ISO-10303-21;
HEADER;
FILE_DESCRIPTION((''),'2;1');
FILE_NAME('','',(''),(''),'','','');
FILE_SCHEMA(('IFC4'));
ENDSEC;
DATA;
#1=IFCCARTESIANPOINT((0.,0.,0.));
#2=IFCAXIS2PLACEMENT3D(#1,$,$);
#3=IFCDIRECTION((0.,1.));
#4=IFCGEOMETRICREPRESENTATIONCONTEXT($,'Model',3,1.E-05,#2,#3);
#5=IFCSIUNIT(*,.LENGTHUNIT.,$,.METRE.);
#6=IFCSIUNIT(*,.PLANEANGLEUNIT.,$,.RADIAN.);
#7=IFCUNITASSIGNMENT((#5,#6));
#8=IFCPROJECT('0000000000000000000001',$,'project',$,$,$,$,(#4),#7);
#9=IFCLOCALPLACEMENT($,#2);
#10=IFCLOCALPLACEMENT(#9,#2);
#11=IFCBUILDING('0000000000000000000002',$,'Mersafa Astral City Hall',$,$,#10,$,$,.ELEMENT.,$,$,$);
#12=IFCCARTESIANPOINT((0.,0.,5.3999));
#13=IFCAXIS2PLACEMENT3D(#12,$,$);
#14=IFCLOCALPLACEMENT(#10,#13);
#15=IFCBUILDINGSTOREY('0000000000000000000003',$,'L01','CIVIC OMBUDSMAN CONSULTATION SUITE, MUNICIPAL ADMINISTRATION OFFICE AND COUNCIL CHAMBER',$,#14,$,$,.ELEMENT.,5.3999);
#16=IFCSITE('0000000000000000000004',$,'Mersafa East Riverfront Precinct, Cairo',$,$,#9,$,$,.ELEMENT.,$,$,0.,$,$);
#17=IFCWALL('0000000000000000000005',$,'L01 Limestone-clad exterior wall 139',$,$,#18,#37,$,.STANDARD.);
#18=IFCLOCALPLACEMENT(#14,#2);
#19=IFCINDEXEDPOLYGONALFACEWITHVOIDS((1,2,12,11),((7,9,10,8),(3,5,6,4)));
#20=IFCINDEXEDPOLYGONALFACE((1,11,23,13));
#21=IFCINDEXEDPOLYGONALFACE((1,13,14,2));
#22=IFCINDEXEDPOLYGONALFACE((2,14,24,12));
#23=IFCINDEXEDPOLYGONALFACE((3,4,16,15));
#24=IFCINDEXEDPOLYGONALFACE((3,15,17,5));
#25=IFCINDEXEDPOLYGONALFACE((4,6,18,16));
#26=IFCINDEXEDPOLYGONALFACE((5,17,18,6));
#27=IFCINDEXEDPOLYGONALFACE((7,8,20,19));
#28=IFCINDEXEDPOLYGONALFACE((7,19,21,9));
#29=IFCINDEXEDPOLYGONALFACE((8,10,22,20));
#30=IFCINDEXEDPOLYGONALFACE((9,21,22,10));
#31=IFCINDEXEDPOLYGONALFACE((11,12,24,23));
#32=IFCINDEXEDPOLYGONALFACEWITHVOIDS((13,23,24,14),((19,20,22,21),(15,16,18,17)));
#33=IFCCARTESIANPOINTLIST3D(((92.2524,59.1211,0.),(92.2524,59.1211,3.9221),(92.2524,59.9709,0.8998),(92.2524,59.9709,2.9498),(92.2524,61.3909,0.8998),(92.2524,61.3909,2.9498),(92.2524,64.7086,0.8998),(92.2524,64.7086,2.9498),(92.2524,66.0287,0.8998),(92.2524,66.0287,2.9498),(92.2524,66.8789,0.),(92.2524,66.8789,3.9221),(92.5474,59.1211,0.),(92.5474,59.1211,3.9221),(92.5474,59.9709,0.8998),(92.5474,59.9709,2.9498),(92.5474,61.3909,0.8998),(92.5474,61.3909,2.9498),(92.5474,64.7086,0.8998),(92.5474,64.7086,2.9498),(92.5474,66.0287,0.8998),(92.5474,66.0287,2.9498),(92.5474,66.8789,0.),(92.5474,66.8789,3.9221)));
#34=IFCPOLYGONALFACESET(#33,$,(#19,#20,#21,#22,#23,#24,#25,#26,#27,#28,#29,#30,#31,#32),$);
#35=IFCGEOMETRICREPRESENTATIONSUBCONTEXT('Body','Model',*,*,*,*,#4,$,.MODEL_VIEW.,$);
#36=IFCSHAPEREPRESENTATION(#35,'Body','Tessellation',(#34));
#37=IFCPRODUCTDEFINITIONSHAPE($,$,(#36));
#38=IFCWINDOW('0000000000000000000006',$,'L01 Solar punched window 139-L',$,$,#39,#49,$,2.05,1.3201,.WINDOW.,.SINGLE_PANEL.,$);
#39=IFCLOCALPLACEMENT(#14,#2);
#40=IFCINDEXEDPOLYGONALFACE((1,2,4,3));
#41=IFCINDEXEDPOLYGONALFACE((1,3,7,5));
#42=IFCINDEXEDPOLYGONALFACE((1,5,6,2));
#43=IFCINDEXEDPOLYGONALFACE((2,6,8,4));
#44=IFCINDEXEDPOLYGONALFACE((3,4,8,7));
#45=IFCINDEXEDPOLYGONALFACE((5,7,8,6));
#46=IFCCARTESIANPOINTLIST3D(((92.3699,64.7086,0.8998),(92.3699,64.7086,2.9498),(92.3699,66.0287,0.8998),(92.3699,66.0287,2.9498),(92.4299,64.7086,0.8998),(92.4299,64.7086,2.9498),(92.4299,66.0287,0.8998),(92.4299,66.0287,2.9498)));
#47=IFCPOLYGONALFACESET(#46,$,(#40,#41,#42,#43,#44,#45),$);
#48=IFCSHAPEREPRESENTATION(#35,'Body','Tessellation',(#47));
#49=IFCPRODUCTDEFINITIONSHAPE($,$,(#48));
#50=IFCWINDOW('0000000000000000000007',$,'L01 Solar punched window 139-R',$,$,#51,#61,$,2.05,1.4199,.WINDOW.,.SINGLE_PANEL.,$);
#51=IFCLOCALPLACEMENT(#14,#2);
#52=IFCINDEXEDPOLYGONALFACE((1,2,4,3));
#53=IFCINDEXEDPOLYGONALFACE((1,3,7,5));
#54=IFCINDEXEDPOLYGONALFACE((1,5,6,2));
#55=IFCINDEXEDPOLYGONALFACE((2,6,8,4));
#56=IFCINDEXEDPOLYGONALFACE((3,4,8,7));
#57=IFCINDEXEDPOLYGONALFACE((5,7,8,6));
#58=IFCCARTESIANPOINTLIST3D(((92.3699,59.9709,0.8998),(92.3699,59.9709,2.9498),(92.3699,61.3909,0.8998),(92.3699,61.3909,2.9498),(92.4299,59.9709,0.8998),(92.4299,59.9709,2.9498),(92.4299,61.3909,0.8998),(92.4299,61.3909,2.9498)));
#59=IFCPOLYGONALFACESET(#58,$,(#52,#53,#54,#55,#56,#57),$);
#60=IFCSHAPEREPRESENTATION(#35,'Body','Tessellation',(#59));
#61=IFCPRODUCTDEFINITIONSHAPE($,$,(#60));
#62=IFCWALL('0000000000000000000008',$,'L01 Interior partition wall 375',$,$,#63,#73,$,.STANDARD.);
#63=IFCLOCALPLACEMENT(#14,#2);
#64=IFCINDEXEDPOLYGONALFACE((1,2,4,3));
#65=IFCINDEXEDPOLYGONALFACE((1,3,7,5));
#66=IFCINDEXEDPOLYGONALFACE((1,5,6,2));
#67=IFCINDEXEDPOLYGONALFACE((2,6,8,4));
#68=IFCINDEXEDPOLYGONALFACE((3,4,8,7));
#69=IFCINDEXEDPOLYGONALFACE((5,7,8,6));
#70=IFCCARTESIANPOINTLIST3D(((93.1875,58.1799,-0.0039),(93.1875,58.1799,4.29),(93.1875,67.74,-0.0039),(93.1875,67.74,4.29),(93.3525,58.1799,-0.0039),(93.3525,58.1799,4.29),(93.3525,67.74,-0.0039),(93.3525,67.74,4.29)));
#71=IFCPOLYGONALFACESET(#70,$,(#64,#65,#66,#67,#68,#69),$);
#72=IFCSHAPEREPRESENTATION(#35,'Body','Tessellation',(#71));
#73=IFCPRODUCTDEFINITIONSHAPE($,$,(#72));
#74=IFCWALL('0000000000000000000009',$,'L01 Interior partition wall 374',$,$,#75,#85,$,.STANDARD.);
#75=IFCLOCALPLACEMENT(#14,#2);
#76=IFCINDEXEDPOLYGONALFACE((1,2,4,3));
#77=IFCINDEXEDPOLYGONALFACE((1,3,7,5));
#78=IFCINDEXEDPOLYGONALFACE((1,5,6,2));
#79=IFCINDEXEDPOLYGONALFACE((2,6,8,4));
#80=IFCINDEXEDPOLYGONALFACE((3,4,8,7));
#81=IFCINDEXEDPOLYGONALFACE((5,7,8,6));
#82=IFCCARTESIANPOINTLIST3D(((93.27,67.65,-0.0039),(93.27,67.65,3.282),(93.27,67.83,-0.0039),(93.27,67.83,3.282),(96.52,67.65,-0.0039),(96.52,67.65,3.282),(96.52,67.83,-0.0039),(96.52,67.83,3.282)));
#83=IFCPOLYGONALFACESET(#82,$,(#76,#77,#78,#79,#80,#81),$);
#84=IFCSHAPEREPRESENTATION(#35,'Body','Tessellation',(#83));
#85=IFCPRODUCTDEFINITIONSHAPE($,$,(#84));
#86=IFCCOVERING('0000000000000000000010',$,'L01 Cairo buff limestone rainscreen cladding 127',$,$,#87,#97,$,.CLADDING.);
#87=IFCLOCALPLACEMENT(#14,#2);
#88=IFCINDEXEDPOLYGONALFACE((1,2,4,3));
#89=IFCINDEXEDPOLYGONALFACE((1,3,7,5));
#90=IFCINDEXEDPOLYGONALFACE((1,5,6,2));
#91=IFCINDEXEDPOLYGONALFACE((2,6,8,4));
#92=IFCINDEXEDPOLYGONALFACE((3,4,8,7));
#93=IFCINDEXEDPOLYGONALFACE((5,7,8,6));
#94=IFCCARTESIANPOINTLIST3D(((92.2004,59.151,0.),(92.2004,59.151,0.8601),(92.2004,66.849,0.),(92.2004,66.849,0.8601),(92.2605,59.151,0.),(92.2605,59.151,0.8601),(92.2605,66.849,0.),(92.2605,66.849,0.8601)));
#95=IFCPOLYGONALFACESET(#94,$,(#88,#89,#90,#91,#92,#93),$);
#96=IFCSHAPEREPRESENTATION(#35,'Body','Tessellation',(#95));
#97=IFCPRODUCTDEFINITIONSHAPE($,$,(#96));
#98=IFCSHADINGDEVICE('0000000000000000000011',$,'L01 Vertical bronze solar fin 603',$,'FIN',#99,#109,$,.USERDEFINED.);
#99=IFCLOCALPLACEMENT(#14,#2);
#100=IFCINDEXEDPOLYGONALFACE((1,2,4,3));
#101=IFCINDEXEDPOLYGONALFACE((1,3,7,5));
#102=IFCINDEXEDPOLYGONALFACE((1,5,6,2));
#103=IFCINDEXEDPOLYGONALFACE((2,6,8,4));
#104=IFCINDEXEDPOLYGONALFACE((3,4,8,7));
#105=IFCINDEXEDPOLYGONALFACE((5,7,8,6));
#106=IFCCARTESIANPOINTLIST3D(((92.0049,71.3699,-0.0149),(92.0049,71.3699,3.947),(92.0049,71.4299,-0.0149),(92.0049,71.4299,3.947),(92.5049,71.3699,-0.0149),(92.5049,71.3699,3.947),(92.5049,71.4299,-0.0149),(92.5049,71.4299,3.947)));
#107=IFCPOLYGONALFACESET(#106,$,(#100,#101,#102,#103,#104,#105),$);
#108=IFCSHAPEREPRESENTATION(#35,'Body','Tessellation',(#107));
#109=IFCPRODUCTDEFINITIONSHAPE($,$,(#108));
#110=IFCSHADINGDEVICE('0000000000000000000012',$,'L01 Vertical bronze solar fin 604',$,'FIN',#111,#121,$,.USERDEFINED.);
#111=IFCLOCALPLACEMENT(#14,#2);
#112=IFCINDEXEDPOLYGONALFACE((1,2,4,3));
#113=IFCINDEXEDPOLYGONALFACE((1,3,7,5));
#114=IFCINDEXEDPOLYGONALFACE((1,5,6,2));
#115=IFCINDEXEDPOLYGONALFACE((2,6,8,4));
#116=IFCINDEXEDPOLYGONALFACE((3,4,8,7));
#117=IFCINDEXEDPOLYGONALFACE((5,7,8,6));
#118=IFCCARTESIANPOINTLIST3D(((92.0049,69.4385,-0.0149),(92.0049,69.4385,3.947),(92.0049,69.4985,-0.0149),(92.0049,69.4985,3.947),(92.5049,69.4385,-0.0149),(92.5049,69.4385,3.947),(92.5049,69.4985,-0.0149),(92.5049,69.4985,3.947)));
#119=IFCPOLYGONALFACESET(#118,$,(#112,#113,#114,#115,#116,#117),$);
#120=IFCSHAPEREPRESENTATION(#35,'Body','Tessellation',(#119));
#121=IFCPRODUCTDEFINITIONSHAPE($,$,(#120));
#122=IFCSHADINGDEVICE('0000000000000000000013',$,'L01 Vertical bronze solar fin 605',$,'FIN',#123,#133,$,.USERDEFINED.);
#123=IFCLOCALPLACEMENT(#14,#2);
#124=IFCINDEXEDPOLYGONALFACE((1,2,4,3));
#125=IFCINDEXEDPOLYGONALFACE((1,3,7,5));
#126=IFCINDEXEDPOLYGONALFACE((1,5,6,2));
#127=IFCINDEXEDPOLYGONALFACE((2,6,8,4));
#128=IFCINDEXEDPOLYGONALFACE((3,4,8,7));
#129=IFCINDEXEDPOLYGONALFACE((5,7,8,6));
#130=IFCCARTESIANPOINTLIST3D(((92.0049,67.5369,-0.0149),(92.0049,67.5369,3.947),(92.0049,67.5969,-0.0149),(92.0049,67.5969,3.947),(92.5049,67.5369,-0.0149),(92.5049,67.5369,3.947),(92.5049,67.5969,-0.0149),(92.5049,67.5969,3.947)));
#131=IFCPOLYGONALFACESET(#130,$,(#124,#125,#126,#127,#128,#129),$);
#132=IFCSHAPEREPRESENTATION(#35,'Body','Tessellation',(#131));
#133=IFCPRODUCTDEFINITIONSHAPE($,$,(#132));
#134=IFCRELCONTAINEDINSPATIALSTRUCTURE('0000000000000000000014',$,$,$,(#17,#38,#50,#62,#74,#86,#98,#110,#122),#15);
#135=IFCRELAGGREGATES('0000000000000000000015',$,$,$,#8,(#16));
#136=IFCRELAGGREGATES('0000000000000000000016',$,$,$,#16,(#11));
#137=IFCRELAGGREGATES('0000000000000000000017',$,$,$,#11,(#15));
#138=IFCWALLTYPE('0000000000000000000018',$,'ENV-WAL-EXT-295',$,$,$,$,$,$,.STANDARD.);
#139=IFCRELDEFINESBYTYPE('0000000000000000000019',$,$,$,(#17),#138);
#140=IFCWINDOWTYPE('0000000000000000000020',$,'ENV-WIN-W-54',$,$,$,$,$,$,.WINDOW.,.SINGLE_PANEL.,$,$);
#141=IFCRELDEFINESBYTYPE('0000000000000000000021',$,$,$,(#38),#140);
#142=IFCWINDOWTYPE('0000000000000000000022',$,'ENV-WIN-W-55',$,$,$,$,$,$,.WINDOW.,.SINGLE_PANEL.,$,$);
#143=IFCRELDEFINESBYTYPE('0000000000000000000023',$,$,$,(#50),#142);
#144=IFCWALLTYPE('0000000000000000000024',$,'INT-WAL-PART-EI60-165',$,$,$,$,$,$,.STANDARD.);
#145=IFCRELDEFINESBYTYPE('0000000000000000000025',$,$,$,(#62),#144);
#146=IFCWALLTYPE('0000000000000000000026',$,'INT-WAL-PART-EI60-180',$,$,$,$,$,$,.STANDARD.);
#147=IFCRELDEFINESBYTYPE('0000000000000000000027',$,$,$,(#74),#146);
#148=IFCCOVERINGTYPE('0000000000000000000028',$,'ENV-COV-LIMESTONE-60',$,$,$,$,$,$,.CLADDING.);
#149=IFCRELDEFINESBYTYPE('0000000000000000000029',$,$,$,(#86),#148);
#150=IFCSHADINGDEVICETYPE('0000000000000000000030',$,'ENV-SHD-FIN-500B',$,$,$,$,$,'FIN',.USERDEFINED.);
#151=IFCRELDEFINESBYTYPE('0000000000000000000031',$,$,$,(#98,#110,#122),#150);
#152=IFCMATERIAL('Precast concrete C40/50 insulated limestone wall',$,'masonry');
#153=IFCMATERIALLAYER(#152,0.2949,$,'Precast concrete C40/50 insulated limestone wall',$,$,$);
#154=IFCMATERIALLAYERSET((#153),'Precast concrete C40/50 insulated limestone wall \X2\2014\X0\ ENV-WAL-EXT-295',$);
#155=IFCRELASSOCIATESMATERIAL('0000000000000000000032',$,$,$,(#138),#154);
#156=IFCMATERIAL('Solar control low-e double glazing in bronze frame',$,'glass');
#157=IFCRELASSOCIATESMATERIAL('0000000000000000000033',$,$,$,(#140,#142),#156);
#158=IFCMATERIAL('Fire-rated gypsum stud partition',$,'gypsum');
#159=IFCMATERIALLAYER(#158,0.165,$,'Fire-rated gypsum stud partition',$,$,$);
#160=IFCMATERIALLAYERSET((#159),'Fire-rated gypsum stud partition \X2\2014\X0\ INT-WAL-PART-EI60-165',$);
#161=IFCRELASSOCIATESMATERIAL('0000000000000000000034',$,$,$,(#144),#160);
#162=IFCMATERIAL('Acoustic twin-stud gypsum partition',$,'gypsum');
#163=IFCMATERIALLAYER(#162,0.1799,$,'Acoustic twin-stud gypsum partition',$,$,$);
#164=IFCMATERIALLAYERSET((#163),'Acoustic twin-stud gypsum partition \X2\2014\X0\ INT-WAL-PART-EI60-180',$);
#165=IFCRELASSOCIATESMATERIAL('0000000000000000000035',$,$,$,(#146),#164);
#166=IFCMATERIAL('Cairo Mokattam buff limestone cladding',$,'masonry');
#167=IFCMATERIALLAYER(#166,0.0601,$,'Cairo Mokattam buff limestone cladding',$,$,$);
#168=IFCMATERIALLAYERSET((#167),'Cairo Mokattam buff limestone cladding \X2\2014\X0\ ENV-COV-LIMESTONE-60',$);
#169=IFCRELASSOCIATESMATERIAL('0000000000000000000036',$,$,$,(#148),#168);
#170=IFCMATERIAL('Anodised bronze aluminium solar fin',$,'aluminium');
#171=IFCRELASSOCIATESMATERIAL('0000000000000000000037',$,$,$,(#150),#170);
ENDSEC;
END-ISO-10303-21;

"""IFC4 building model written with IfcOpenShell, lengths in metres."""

from ifc_helpers import new_model, si_unit, direction, frame, frame_2d, origin, origin_2d, place, context, subcontext, project, spatial, rectangle, extrude, material, layer, layer_set, type_object, element, fill, save


model = new_model("IFC4")

# Units and contexts
model_context = context("Model", 3, precision=1e-05, world=origin(), true_north=direction((0.0, 1.0)))
body_context = subcontext(model_context, "Body", "Model", "MODEL_VIEW")
ifc_project = project(units=[si_unit("LENGTHUNIT", "METRE"), si_unit("PLANEANGLEUNIT", "RADIAN")], contexts=[model_context])

# Site, building, storey
site_placement = place(None, origin())
site = spatial("IfcSite", under=ifc_project, at=site_placement, Name="Mersafa East Riverfront Precinct, Cairo", CompositionType="ELEMENT", RefElevation=0.0)
building_placement = place(site_placement, origin())
building = spatial("IfcBuilding", under=site, at=building_placement, Name="Mersafa Astral City Hall", CompositionType="ELEMENT")
storey_placement = place(building_placement, frame((0.0, 0.0, 5.3999)))
storey = spatial("IfcBuildingStorey", under=building, at=storey_placement, Name="L01", Description="CIVIC OMBUDSMAN CONSULTATION SUITE, MUNICIPAL ADMINISTRATION OFFICE AND COUNCIL CHAMBER", CompositionType="ELEMENT", Elevation=5.3999)

# Wall, openings, windows
ifc_material_1 = material(Name="Precast concrete C40/50 insulated limestone wall", Category="masonry")
ifc_layer_1 = layer(ifc_material_1, 0.2949, Name="Precast concrete C40/50 insulated limestone wall")
ifc_layer_set_1 = layer_set([ifc_layer_1], Name="Precast concrete C40/50 insulated limestone wall — ENV-WAL-EXT-295")
wall_type_1 = type_object("IfcWallType", Name="ENV-WAL-EXT-295", PredefinedType="STANDARD", material=ifc_layer_set_1)
wall_1_placement = place(storey_placement, frame((92.3999, 66.8789, 0.0), z_axis=(0.0, 0.0, 1.0), x_axis=(0.0, -1.0, 0.0)))
wall_1 = element("IfcWall", 1, at=wall_1_placement, inside=storey, type_object=wall_type_1, Name="L01 Limestone-clad exterior wall 139", PredefinedType="STANDARD", context=body_context, shape_type="SweptSolid", body=[
    extrude(rectangle(XDim=7.7578, YDim=0.2949, at=frame_2d((3.8789, 0.0))), origin(), (0.0, 0.0, 1.0), 3.9221),
])
opening_1_placement = place(wall_1_placement, frame((0.8501, 0.0, 0.8999)))
opening_1 = element("IfcOpeningElement", 2, at=opening_1_placement, cuts=wall_1, PredefinedType="OPENING", context=body_context, shape_type="SweptSolid", body=[
    extrude(rectangle(XDim=1.3201, YDim=2.05, at=frame_2d((0.6602, 1.0249))), frame((0.0, 0.1575, 0.0), z_axis=(0.0, -1.0, 0.0), x_axis=(1.0, 0.0, 0.0)), (0.0, 0.0, 1.0), 0.3149),
])
opening_2_placement = place(wall_1_placement, frame((5.488, 0.0, 0.8999)))
opening_2 = element("IfcOpeningElement", 3, at=opening_2_placement, cuts=wall_1, PredefinedType="OPENING", context=body_context, shape_type="SweptSolid", body=[
    extrude(rectangle(XDim=1.4199, YDim=2.05, at=frame_2d((0.71, 1.0249))), frame((0.0, 0.1575, 0.0), z_axis=(0.0, -1.0, 0.0), x_axis=(1.0, 0.0, 0.0)), (0.0, 0.0, 1.0), 0.3149),
])
ifc_material_2 = material(Name="Solar control low-e double glazing in bronze frame", Category="glass")
window_type_1 = type_object("IfcWindowType", Name="ENV-WIN-W-54", PartitioningType="SINGLE_PANEL", PredefinedType="WINDOW", material=ifc_material_2)
window_1_placement = place(opening_1_placement, origin())
window_1 = element("IfcWindow", 4, at=window_1_placement, inside=storey, type_object=window_type_1, Name="L01 Solar punched window 139-L", OverallHeight=2.05, OverallWidth=1.3201, PartitioningType="SINGLE_PANEL", PredefinedType="WINDOW", context=body_context, shape_type="SweptSolid", body=[
    extrude(rectangle(XDim=1.3201, YDim=2.05, at=frame_2d((0.6602, 1.0249))), frame((0.0, 0.03, 0.0), z_axis=(0.0, -1.0, 0.0), x_axis=(1.0, 0.0, 0.0)), (0.0, 0.0, 1.0), 0.0601),
])
fill(opening_1, window_1)
window_type_2 = type_object("IfcWindowType", Name="ENV-WIN-W-55", PartitioningType="SINGLE_PANEL", PredefinedType="WINDOW", material=ifc_material_2)
window_2_placement = place(opening_2_placement, origin())
window_2 = element("IfcWindow", 5, at=window_2_placement, inside=storey, type_object=window_type_2, Name="L01 Solar punched window 139-R", OverallHeight=2.05, OverallWidth=1.4199, PartitioningType="SINGLE_PANEL", PredefinedType="WINDOW", context=body_context, shape_type="SweptSolid", body=[
    extrude(rectangle(XDim=1.4199, YDim=2.05, at=frame_2d((0.71, 1.0249))), frame((0.0, 0.03, 0.0), z_axis=(0.0, -1.0, 0.0), x_axis=(1.0, 0.0, 0.0)), (0.0, 0.0, 1.0), 0.0601),
])
fill(opening_2, window_2)

# Walls
ifc_material_3 = material(Name="Fire-rated gypsum stud partition", Category="gypsum")
ifc_layer_2 = layer(ifc_material_3, 0.165, Name="Fire-rated gypsum stud partition")
ifc_layer_set_2 = layer_set([ifc_layer_2], Name="Fire-rated gypsum stud partition — INT-WAL-PART-EI60-165")
wall_type_2 = type_object("IfcWallType", Name="INT-WAL-PART-EI60-165", PredefinedType="STANDARD", material=ifc_layer_set_2)
wall_2_placement = place(storey_placement, frame((93.27, 67.74, -0.0039), z_axis=(0.0, 0.0, 1.0), x_axis=(0.0, -1.0, 0.0)))
element("IfcWall", 6, at=wall_2_placement, inside=storey, type_object=wall_type_2, Name="L01 Interior partition wall 375", PredefinedType="STANDARD", context=body_context, shape_type="SweptSolid", body=[
    extrude(rectangle(XDim=9.5601, YDim=0.165, at=frame_2d((4.78, 0.0))), origin(), (0.0, 0.0, 1.0), 4.2939),
])
ifc_material_4 = material(Name="Acoustic twin-stud gypsum partition", Category="gypsum")
ifc_layer_3 = layer(ifc_material_4, 0.1799, Name="Acoustic twin-stud gypsum partition")
ifc_layer_set_3 = layer_set([ifc_layer_3], Name="Acoustic twin-stud gypsum partition — INT-WAL-PART-EI60-180")
wall_type_3 = type_object("IfcWallType", Name="INT-WAL-PART-EI60-180", PredefinedType="STANDARD", material=ifc_layer_set_3)
wall_3_placement = place(storey_placement, frame((96.52, 67.74, -0.0039), z_axis=(0.0, 0.0, 1.0), x_axis=(-1.0, 0.0, 0.0)))
element("IfcWall", 7, at=wall_3_placement, inside=storey, type_object=wall_type_3, Name="L01 Interior partition wall 374", PredefinedType="STANDARD", context=body_context, shape_type="SweptSolid", body=[
    extrude(rectangle(XDim=3.25, YDim=0.1799, at=frame_2d((1.625, 0.0))), origin(), (0.0, 0.0, 1.0), 3.2859),
])

# Covering
ifc_material_5 = material(Name="Cairo Mokattam buff limestone cladding", Category="masonry")
ifc_layer_4 = layer(ifc_material_5, 0.0601, Name="Cairo Mokattam buff limestone cladding")
ifc_layer_set_4 = layer_set([ifc_layer_4], Name="Cairo Mokattam buff limestone cladding — ENV-COV-LIMESTONE-60")
covering_type = type_object("IfcCoveringType", Name="ENV-COV-LIMESTONE-60", PredefinedType="CLADDING", material=ifc_layer_set_4)
covering_placement = place(storey_placement, frame((92.2305, 63.0, 0.0), z_axis=(0.0, 0.0, 1.0), x_axis=(0.0, -1.0, 0.0)))
element("IfcCovering", 8, at=covering_placement, inside=storey, type_object=covering_type, Name="L01 Cairo buff limestone rainscreen cladding 127", PredefinedType="CLADDING", context=body_context, shape_type="SweptSolid", body=[
    extrude(rectangle(XDim=7.698, YDim=0.0601, at=origin_2d()), origin(), (0.0, 0.0, 1.0), 0.8601),
])

# Shading devices
ifc_material_6 = material(Name="Anodised bronze aluminium solar fin", Category="aluminium")
shading_device_type = type_object("IfcShadingDeviceType", Name="ENV-SHD-FIN-500B", ElementType="FIN", PredefinedType="USERDEFINED", material=ifc_material_6)
for number, where, z_axis, x_axis, name in (
    (9, (92.2549, 71.3999, -0.0149), (0.0, 0.0, 1.0), (0.0, -1.0, 0.0), "L01 Vertical bronze solar fin 603"),
    (10, (92.2549, 69.4685, -0.0149), (0.0, 0.0, 1.0), (0.0, -1.0, 0.0), "L01 Vertical bronze solar fin 604"),
    (11, (92.2549, 67.5669, -0.0149), (0.0, 0.0, 1.0), (0.0, -1.0, 0.0), "L01 Vertical bronze solar fin 605"),
):
    element("IfcShadingDevice", number, at=place(storey_placement, frame(where, z_axis=z_axis, x_axis=x_axis)), inside=storey, type_object=shading_device_type, Name=name, ObjectType="FIN", PredefinedType="USERDEFINED", context=body_context, shape_type="SweptSolid", body=[
        extrude(rectangle(XDim=0.0601, YDim=0.5, at=origin_2d()), origin(), (0.0, 0.0, 1.0), 3.9619),
    ])

save(model, "model.ifc")
